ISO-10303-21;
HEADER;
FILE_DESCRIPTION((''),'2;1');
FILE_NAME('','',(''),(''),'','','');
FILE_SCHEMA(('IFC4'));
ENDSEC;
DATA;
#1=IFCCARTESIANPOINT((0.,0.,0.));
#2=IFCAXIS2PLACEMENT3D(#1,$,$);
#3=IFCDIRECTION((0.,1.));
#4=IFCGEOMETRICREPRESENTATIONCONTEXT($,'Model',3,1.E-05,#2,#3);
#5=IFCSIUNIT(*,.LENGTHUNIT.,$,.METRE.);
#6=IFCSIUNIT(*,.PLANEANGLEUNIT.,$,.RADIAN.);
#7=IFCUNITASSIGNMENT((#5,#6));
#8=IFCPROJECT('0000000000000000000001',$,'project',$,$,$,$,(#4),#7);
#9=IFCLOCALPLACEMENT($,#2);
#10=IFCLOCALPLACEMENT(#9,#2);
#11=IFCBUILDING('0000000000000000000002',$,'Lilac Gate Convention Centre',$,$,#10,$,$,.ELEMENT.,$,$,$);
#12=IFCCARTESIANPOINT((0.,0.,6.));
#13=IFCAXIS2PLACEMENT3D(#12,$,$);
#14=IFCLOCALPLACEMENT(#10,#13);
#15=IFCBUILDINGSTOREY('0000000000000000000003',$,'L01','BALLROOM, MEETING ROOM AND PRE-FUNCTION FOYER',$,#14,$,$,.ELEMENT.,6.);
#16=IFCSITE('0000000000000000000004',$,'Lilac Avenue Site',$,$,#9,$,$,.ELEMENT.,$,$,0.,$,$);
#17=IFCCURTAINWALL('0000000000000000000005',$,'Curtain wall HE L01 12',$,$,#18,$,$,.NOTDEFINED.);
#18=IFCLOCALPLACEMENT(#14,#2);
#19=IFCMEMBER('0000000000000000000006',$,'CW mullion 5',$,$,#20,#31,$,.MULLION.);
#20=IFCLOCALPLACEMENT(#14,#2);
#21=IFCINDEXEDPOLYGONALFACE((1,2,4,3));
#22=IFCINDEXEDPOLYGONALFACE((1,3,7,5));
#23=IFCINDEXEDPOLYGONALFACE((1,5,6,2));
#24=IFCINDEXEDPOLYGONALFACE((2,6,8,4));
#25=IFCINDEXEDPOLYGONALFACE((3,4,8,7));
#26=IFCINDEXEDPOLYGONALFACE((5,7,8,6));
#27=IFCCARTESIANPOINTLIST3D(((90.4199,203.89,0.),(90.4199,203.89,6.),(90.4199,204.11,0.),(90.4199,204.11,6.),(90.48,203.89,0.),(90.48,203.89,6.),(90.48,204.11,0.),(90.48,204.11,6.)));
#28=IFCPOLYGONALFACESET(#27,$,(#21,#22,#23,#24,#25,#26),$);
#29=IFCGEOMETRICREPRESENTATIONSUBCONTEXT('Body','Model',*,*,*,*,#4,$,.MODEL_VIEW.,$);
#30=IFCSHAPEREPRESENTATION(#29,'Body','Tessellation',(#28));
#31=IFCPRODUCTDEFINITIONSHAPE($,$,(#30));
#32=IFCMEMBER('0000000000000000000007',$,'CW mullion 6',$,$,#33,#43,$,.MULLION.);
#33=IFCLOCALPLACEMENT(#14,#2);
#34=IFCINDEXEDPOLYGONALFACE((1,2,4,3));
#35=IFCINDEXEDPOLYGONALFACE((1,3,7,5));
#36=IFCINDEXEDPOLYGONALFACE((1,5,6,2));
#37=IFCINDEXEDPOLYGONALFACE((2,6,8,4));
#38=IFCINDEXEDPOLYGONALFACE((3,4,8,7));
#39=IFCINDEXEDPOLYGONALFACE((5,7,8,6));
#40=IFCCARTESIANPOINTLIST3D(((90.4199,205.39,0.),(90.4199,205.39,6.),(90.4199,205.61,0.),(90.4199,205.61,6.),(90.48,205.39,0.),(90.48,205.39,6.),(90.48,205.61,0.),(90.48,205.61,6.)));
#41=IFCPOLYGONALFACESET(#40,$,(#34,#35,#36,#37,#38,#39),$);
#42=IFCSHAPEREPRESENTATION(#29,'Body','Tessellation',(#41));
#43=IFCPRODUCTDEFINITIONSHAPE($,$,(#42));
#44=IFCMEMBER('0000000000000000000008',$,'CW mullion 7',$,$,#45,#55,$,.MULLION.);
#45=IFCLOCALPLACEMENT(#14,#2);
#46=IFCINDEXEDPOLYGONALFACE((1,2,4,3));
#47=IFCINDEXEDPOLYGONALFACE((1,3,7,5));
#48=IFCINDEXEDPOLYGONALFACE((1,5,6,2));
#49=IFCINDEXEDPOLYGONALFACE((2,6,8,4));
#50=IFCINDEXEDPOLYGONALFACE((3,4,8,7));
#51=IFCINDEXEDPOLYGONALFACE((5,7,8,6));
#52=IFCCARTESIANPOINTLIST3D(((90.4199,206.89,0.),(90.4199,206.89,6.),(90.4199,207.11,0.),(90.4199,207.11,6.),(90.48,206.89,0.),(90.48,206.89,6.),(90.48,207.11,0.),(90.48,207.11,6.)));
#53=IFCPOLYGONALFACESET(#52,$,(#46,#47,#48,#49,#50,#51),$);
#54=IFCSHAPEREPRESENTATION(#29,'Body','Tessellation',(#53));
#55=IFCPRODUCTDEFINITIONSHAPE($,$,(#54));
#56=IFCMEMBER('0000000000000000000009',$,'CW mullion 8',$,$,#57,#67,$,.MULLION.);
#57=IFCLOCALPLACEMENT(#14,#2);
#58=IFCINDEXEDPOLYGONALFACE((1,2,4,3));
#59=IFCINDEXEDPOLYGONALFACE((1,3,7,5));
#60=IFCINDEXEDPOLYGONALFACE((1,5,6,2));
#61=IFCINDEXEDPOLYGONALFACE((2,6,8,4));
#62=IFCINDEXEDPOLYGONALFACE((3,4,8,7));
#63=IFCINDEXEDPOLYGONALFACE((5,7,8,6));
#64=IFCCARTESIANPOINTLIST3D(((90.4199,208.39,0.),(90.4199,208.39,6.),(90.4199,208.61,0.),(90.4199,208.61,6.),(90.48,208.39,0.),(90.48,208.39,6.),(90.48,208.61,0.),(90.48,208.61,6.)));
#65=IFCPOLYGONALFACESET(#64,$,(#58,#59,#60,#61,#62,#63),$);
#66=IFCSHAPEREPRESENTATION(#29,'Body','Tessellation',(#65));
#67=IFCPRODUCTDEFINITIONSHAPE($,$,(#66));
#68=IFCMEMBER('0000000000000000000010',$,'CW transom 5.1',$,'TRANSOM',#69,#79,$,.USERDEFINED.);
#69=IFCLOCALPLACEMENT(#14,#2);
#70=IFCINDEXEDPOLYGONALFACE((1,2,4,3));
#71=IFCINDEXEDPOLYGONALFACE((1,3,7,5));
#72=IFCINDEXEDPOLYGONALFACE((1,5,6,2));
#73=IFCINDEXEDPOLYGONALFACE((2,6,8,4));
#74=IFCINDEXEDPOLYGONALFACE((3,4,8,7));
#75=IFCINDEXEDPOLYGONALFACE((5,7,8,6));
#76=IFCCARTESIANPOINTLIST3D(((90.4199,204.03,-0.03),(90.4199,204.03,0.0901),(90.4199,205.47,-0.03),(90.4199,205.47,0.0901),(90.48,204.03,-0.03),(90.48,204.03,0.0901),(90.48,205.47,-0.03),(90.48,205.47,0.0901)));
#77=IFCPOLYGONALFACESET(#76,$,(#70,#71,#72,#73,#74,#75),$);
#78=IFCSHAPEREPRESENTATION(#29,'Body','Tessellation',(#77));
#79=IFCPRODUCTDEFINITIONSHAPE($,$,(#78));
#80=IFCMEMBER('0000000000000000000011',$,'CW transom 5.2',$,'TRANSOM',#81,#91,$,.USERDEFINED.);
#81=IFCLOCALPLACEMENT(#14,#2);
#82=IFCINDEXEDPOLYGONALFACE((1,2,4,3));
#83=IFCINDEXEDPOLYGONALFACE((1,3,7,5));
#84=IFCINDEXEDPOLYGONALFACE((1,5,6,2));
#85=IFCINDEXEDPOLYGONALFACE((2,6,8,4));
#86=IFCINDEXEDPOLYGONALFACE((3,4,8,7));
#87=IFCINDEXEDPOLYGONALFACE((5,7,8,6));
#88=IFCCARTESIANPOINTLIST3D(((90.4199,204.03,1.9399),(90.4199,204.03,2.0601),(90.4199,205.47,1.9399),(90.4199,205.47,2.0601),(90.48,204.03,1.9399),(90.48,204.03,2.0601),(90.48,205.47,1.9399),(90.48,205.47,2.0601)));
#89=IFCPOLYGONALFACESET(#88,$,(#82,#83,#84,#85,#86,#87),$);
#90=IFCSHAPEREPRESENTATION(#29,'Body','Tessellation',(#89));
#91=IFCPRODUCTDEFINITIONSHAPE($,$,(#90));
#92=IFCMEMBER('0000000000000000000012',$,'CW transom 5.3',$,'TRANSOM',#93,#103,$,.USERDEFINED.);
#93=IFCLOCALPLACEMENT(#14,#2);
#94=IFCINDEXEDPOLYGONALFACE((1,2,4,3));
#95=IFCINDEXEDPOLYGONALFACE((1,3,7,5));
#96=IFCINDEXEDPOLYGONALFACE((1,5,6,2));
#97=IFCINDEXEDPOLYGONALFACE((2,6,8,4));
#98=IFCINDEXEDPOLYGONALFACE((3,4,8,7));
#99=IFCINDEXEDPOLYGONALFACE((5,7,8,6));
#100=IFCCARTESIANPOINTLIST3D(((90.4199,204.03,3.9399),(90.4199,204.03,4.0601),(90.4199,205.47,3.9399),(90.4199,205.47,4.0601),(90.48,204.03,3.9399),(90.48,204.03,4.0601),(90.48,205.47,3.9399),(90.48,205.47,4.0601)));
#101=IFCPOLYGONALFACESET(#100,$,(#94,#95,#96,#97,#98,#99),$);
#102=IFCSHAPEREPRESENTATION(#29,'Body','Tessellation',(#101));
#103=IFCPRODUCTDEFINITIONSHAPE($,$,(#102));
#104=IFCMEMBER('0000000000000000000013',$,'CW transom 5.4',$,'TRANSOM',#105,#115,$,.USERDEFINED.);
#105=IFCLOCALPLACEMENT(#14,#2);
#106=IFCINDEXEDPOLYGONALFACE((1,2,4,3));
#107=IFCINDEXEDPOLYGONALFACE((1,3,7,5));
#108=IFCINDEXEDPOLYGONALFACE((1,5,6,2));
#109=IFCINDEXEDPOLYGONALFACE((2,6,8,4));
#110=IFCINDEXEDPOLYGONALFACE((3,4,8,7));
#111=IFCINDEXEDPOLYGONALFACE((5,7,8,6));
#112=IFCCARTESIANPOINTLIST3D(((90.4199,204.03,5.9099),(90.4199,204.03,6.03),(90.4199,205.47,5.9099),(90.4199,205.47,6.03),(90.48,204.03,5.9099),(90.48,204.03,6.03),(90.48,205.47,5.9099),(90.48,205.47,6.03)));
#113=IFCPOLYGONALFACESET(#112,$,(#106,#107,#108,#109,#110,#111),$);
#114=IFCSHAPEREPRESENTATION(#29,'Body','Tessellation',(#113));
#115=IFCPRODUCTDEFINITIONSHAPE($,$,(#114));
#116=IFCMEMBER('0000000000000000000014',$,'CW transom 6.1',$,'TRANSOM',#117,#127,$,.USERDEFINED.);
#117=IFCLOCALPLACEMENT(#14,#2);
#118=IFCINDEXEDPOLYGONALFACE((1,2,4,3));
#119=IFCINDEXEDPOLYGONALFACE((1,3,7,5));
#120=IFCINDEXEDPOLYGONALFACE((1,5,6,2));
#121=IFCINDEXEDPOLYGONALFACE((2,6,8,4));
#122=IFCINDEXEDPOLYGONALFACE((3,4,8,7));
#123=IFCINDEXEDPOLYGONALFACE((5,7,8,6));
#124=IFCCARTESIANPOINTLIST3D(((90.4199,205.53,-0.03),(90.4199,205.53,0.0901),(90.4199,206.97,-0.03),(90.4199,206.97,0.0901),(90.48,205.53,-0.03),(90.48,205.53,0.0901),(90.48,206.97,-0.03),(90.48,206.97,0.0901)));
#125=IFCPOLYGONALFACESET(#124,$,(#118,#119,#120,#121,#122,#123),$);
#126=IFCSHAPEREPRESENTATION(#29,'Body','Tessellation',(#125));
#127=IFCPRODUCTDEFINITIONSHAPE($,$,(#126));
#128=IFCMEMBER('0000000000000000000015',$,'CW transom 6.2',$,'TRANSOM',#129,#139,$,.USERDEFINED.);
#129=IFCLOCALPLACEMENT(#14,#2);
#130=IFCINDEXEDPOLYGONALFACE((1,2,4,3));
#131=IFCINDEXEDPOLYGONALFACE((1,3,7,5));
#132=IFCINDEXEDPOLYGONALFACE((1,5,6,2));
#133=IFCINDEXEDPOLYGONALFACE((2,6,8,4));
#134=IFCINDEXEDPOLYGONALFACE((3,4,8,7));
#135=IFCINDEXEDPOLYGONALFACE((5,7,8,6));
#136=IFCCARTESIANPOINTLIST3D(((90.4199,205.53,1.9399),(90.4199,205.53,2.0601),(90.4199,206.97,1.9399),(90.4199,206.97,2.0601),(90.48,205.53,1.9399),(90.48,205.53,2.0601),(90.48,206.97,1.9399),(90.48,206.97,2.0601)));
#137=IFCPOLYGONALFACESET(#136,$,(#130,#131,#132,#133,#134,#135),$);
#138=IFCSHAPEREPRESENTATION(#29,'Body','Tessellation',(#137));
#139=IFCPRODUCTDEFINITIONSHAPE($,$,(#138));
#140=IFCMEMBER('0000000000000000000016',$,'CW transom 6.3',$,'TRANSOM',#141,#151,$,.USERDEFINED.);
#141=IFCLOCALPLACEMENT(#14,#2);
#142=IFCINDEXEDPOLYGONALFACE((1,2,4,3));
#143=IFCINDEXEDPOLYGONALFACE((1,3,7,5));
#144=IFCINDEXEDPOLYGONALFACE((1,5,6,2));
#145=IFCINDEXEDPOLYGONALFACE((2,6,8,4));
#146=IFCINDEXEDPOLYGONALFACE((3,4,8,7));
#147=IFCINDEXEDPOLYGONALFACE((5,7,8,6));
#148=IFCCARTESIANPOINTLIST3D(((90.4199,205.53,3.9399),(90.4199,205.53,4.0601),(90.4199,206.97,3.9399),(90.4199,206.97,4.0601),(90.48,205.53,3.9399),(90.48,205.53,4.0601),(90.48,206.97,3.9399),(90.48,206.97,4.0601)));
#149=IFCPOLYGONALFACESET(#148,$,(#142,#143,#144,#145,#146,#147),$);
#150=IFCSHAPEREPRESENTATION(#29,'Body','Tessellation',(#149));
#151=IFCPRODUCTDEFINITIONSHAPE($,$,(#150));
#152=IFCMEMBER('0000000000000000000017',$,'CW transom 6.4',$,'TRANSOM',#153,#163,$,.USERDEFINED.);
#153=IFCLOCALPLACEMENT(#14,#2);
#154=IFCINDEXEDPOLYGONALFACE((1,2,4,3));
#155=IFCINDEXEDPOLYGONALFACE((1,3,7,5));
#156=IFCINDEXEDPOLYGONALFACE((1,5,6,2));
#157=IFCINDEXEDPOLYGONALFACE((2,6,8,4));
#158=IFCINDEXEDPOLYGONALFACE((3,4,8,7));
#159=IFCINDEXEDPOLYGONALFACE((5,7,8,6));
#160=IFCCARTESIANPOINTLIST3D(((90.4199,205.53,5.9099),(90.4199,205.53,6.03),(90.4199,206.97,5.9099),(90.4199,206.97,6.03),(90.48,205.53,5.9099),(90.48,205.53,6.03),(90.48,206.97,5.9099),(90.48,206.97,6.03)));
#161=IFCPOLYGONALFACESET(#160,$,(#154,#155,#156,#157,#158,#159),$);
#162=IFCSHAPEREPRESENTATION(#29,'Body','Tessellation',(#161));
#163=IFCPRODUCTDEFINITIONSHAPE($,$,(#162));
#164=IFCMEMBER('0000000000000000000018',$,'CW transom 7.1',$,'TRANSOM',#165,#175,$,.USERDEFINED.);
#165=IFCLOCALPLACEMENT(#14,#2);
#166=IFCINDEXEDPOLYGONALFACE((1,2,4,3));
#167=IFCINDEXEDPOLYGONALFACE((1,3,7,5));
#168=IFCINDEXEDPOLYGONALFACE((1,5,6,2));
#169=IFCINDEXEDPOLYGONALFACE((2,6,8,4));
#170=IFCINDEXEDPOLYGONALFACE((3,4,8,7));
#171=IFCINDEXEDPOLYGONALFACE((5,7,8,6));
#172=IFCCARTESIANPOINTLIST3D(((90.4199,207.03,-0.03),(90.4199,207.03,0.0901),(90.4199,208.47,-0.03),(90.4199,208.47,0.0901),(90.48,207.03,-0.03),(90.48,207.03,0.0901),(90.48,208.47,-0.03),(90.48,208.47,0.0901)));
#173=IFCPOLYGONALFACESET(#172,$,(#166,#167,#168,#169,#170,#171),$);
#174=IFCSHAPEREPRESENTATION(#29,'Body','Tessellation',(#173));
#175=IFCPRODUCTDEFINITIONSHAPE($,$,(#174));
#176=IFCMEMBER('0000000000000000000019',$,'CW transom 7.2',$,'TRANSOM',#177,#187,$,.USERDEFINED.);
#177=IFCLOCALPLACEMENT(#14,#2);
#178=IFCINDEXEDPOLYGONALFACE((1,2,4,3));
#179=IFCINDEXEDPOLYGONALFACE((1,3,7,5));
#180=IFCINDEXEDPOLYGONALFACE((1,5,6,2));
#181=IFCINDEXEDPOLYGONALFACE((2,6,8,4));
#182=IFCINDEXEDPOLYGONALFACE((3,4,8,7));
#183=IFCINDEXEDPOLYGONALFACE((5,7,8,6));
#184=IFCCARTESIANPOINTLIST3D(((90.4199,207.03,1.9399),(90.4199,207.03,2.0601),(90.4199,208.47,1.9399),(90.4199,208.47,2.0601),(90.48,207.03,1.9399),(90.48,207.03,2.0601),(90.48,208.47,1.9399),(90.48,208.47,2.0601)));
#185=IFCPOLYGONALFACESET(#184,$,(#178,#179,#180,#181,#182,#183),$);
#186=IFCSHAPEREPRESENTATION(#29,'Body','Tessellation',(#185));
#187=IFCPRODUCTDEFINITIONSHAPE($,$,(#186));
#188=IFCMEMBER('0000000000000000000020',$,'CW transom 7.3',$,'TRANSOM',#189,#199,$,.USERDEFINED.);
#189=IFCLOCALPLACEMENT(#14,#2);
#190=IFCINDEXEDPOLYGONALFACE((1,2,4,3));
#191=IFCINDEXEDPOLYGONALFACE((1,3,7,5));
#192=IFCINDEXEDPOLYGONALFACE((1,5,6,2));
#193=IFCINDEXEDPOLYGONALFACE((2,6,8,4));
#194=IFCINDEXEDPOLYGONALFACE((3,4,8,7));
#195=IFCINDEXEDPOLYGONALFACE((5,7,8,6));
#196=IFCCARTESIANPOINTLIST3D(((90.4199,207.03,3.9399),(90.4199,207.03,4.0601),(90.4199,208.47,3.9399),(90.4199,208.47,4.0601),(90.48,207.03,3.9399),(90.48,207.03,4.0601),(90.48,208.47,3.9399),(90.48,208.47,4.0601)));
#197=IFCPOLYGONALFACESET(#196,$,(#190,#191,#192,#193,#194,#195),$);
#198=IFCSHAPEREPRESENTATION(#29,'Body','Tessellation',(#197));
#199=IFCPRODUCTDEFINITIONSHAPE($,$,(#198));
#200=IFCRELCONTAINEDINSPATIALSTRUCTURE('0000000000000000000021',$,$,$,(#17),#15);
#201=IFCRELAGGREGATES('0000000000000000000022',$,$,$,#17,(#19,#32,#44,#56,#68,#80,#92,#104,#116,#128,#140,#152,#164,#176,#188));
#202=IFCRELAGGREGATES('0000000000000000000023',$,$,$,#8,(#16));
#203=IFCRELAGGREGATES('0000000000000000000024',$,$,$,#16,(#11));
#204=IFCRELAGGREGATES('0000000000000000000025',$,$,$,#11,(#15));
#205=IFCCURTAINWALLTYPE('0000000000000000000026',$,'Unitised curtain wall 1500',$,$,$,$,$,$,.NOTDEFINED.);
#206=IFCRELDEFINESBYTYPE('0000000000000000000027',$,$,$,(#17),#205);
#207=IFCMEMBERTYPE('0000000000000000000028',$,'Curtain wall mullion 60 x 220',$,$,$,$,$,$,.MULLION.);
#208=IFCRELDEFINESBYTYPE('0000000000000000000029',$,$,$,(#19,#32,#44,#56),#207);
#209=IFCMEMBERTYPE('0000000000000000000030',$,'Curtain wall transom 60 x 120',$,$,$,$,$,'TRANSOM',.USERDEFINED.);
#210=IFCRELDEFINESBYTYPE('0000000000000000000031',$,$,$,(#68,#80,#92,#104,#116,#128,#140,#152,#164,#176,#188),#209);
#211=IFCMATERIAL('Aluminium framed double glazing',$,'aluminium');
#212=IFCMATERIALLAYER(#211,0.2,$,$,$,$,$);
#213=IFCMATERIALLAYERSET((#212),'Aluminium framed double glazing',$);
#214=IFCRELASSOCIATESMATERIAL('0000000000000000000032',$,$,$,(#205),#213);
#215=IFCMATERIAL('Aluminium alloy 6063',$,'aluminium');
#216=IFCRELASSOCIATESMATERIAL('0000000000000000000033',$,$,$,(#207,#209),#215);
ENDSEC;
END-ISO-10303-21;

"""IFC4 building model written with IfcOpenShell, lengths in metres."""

from ifc_helpers import new_model, si_unit, direction, frame, origin, origin_2d, place, context, subcontext, project, spatial, rectangle, extrude, material, layer, layer_set, material_profile, profile_set, type_object, element, aggregate, save


model = new_model("IFC4")

# Units and contexts
model_context = context("Model", 3, precision=1e-05, world=origin(), true_north=direction((0.0, 1.0)))
body_context = subcontext(model_context, "Body", "Model", "MODEL_VIEW")
ifc_project = project(units=[si_unit("LENGTHUNIT", "METRE"), si_unit("PLANEANGLEUNIT", "RADIAN")], contexts=[model_context])

# Site, building, storey
site_placement = place(None, origin())
site = spatial("IfcSite", under=ifc_project, at=site_placement, Name="Lilac Avenue Site", CompositionType="ELEMENT", RefElevation=0.0)
building_placement = place(site_placement, origin())
building = spatial("IfcBuilding", under=site, at=building_placement, Name="Lilac Gate Convention Centre", CompositionType="ELEMENT")
storey_placement = place(building_placement, frame((0.0, 0.0, 6.0)))
storey = spatial("IfcBuildingStorey", under=building, at=storey_placement, Name="L01", Description="BALLROOM, MEETING ROOM AND PRE-FUNCTION FOYER", CompositionType="ELEMENT", Elevation=6.0)

# Curtain wall, members
ifc_material_1 = material(Name="Aluminium framed double glazing", Category="aluminium")
ifc_layer_1 = layer(ifc_material_1, 0.2)
ifc_layer_set_1 = layer_set([ifc_layer_1], Name="Aluminium framed double glazing")
curtain_wall_type = type_object("IfcCurtainWallType", Name="Unitised curtain wall 1500", PredefinedType="NOTDEFINED", material=ifc_layer_set_1)
curtain_wall_placement = place(storey_placement, origin())
curtain_wall = element("IfcCurtainWall", 1, at=curtain_wall_placement, inside=storey, type_object=curtain_wall_type, Name="Curtain wall HE L01 12", PredefinedType="NOTDEFINED")
ifc_material_2 = material(Name="Aluminium alloy 6063", Category="aluminium")
ifc_material_profile_1 = material_profile(ifc_material_2, rectangle(XDim=0.0601, YDim=0.22, at=origin_2d()), Name="Curtain wall mullion 60 x 220")
ifc_profile_set_1 = profile_set([ifc_material_profile_1], Name="Aluminium alloy 6063")
member_type_1 = type_object("IfcMemberType", Name="Curtain wall mullion 60 x 220", PredefinedType="MULLION", material=ifc_profile_set_1)
member_1_placement = place(storey_placement, frame((90.45, 204.0, 0.0), z_axis=(0.0, 0.0, 1.0), x_axis=(-1.0, 0.0, 0.0)))
member_1 = element("IfcMember", 2, at=member_1_placement, type_object=member_type_1, Name="CW mullion 5", PredefinedType="MULLION", context=body_context, shape_type="SweptSolid", body=[
    extrude(rectangle(XDim=0.0601, YDim=0.22, at=origin_2d()), origin(), (0.0, 0.0, 1.0), 6.0),
])
member_2_placement = place(storey_placement, frame((90.45, 205.5, 0.0), z_axis=(0.0, 0.0, 1.0), x_axis=(-1.0, 0.0, 0.0)))
member_2 = element("IfcMember", 3, at=member_2_placement, type_object=member_type_1, Name="CW mullion 6", PredefinedType="MULLION", context=body_context, shape_type="SweptSolid", body=[
    extrude(rectangle(XDim=0.0601, YDim=0.22, at=origin_2d()), origin(), (0.0, 0.0, 1.0), 6.0),
])
member_3_placement = place(storey_placement, frame((90.45, 207.0, 0.0), z_axis=(0.0, 0.0, 1.0), x_axis=(-1.0, 0.0, 0.0)))
member_3 = element("IfcMember", 4, at=member_3_placement, type_object=member_type_1, Name="CW mullion 7", PredefinedType="MULLION", context=body_context, shape_type="SweptSolid", body=[
    extrude(rectangle(XDim=0.0601, YDim=0.22, at=origin_2d()), origin(), (0.0, 0.0, 1.0), 6.0),
])
member_4_placement = place(storey_placement, frame((90.45, 208.5, 0.0), z_axis=(0.0, 0.0, 1.0), x_axis=(-1.0, 0.0, 0.0)))
member_4 = element("IfcMember", 5, at=member_4_placement, type_object=member_type_1, Name="CW mullion 8", PredefinedType="MULLION", context=body_context, shape_type="SweptSolid", body=[
    extrude(rectangle(XDim=0.0601, YDim=0.22, at=origin_2d()), origin(), (0.0, 0.0, 1.0), 6.0),
])
ifc_material_profile_2 = material_profile(ifc_material_2, rectangle(XDim=0.0601, YDim=0.1201, at=origin_2d()), Name="Curtain wall transom 60 x 120")
ifc_profile_set_2 = profile_set([ifc_material_profile_2], Name="Aluminium alloy 6063")
member_type_2 = type_object("IfcMemberType", Name="Curtain wall transom 60 x 120", ElementType="TRANSOM", PredefinedType="USERDEFINED", material=ifc_profile_set_2)
member_5_placement = place(storey_placement, frame((90.45, 204.03, 0.03), z_axis=(0.0, 1.0, 0.0), x_axis=(-1.0, 0.0, 0.0)))
member_5 = element("IfcMember", 6, at=member_5_placement, type_object=member_type_2, Name="CW transom 5.1", ObjectType="TRANSOM", PredefinedType="USERDEFINED", context=body_context, shape_type="SweptSolid", body=[
    extrude(rectangle(XDim=0.0601, YDim=0.1201, at=origin_2d()), origin(), (0.0, 0.0, 1.0), 1.4399),
])
member_6_placement = place(storey_placement, frame((90.45, 204.03, 2.0), z_axis=(0.0, 1.0, 0.0), x_axis=(-1.0, 0.0, 0.0)))
member_6 = element("IfcMember", 7, at=member_6_placement, type_object=member_type_2, Name="CW transom 5.2", ObjectType="TRANSOM", PredefinedType="USERDEFINED", context=body_context, shape_type="SweptSolid", body=[
    extrude(rectangle(XDim=0.0601, YDim=0.1201, at=origin_2d()), origin(), (0.0, 0.0, 1.0), 1.4399),
])
member_7_placement = place(storey_placement, frame((90.45, 204.03, 4.0), z_axis=(0.0, 1.0, 0.0), x_axis=(-1.0, 0.0, 0.0)))
member_7 = element("IfcMember", 8, at=member_7_placement, type_object=member_type_2, Name="CW transom 5.3", ObjectType="TRANSOM", PredefinedType="USERDEFINED", context=body_context, shape_type="SweptSolid", body=[
    extrude(rectangle(XDim=0.0601, YDim=0.1201, at=origin_2d()), origin(), (0.0, 0.0, 1.0), 1.4399),
])
member_8_placement = place(storey_placement, frame((90.45, 204.03, 5.97), z_axis=(0.0, 1.0, 0.0), x_axis=(-1.0, 0.0, 0.0)))
member_8 = element("IfcMember", 9, at=member_8_placement, type_object=member_type_2, Name="CW transom 5.4", ObjectType="TRANSOM", PredefinedType="USERDEFINED", context=body_context, shape_type="SweptSolid", body=[
    extrude(rectangle(XDim=0.0601, YDim=0.1201, at=origin_2d()), origin(), (0.0, 0.0, 1.0), 1.4399),
])
member_9_placement = place(storey_placement, frame((90.45, 205.53, 0.03), z_axis=(0.0, 1.0, 0.0), x_axis=(-1.0, 0.0, 0.0)))
member_9 = element("IfcMember", 10, at=member_9_placement, type_object=member_type_2, Name="CW transom 6.1", ObjectType="TRANSOM", PredefinedType="USERDEFINED", context=body_context, shape_type="SweptSolid", body=[
    extrude(rectangle(XDim=0.0601, YDim=0.1201, at=origin_2d()), origin(), (0.0, 0.0, 1.0), 1.4399),
])
member_10_placement = place(storey_placement, frame((90.45, 205.53, 2.0), z_axis=(0.0, 1.0, 0.0), x_axis=(-1.0, 0.0, 0.0)))
member_10 = element("IfcMember", 11, at=member_10_placement, type_object=member_type_2, Name="CW transom 6.2", ObjectType="TRANSOM", PredefinedType="USERDEFINED", context=body_context, shape_type="SweptSolid", body=[
    extrude(rectangle(XDim=0.0601, YDim=0.1201, at=origin_2d()), origin(), (0.0, 0.0, 1.0), 1.4399),
])
member_11_placement = place(storey_placement, frame((90.45, 205.53, 4.0), z_axis=(0.0, 1.0, 0.0), x_axis=(-1.0, 0.0, 0.0)))
member_11 = element("IfcMember", 12, at=member_11_placement, type_object=member_type_2, Name="CW transom 6.3", ObjectType="TRANSOM", PredefinedType="USERDEFINED", context=body_context, shape_type="SweptSolid", body=[
    extrude(rectangle(XDim=0.0601, YDim=0.1201, at=origin_2d()), origin(), (0.0, 0.0, 1.0), 1.4399),
])
member_12_placement = place(storey_placement, frame((90.45, 205.53, 5.97), z_axis=(0.0, 1.0, 0.0), x_axis=(-1.0, 0.0, 0.0)))
member_12 = element("IfcMember", 13, at=member_12_placement, type_object=member_type_2, Name="CW transom 6.4", ObjectType="TRANSOM", PredefinedType="USERDEFINED", context=body_context, shape_type="SweptSolid", body=[
    extrude(rectangle(XDim=0.0601, YDim=0.1201, at=origin_2d()), origin(), (0.0, 0.0, 1.0), 1.4399),
])
member_13_placement = place(storey_placement, frame((90.45, 207.03, 0.03), z_axis=(0.0, 1.0, 0.0), x_axis=(-1.0, 0.0, 0.0)))
member_13 = element("IfcMember", 14, at=member_13_placement, type_object=member_type_2, Name="CW transom 7.1", ObjectType="TRANSOM", PredefinedType="USERDEFINED", context=body_context, shape_type="SweptSolid", body=[
    extrude(rectangle(XDim=0.0601, YDim=0.1201, at=origin_2d()), origin(), (0.0, 0.0, 1.0), 1.4399),
])
member_14_placement = place(storey_placement, frame((90.45, 207.03, 2.0), z_axis=(0.0, 1.0, 0.0), x_axis=(-1.0, 0.0, 0.0)))
member_14 = element("IfcMember", 15, at=member_14_placement, type_object=member_type_2, Name="CW transom 7.2", ObjectType="TRANSOM", PredefinedType="USERDEFINED", context=body_context, shape_type="SweptSolid", body=[
    extrude(rectangle(XDim=0.0601, YDim=0.1201, at=origin_2d()), origin(), (0.0, 0.0, 1.0), 1.4399),
])
member_15_placement = place(storey_placement, frame((90.45, 207.03, 4.0), z_axis=(0.0, 1.0, 0.0), x_axis=(-1.0, 0.0, 0.0)))
member_15 = element("IfcMember", 16, at=member_15_placement, type_object=member_type_2, Name="CW transom 7.3", ObjectType="TRANSOM", PredefinedType="USERDEFINED", context=body_context, shape_type="SweptSolid", body=[
    extrude(rectangle(XDim=0.0601, YDim=0.1201, at=origin_2d()), origin(), (0.0, 0.0, 1.0), 1.4399),
])
aggregate(curtain_wall, [member_1, member_2, member_3, member_4, member_5, member_6, member_7, member_8, member_9, member_10, member_11, member_12, member_13, member_14, member_15])

save(model, "model.ifc")
